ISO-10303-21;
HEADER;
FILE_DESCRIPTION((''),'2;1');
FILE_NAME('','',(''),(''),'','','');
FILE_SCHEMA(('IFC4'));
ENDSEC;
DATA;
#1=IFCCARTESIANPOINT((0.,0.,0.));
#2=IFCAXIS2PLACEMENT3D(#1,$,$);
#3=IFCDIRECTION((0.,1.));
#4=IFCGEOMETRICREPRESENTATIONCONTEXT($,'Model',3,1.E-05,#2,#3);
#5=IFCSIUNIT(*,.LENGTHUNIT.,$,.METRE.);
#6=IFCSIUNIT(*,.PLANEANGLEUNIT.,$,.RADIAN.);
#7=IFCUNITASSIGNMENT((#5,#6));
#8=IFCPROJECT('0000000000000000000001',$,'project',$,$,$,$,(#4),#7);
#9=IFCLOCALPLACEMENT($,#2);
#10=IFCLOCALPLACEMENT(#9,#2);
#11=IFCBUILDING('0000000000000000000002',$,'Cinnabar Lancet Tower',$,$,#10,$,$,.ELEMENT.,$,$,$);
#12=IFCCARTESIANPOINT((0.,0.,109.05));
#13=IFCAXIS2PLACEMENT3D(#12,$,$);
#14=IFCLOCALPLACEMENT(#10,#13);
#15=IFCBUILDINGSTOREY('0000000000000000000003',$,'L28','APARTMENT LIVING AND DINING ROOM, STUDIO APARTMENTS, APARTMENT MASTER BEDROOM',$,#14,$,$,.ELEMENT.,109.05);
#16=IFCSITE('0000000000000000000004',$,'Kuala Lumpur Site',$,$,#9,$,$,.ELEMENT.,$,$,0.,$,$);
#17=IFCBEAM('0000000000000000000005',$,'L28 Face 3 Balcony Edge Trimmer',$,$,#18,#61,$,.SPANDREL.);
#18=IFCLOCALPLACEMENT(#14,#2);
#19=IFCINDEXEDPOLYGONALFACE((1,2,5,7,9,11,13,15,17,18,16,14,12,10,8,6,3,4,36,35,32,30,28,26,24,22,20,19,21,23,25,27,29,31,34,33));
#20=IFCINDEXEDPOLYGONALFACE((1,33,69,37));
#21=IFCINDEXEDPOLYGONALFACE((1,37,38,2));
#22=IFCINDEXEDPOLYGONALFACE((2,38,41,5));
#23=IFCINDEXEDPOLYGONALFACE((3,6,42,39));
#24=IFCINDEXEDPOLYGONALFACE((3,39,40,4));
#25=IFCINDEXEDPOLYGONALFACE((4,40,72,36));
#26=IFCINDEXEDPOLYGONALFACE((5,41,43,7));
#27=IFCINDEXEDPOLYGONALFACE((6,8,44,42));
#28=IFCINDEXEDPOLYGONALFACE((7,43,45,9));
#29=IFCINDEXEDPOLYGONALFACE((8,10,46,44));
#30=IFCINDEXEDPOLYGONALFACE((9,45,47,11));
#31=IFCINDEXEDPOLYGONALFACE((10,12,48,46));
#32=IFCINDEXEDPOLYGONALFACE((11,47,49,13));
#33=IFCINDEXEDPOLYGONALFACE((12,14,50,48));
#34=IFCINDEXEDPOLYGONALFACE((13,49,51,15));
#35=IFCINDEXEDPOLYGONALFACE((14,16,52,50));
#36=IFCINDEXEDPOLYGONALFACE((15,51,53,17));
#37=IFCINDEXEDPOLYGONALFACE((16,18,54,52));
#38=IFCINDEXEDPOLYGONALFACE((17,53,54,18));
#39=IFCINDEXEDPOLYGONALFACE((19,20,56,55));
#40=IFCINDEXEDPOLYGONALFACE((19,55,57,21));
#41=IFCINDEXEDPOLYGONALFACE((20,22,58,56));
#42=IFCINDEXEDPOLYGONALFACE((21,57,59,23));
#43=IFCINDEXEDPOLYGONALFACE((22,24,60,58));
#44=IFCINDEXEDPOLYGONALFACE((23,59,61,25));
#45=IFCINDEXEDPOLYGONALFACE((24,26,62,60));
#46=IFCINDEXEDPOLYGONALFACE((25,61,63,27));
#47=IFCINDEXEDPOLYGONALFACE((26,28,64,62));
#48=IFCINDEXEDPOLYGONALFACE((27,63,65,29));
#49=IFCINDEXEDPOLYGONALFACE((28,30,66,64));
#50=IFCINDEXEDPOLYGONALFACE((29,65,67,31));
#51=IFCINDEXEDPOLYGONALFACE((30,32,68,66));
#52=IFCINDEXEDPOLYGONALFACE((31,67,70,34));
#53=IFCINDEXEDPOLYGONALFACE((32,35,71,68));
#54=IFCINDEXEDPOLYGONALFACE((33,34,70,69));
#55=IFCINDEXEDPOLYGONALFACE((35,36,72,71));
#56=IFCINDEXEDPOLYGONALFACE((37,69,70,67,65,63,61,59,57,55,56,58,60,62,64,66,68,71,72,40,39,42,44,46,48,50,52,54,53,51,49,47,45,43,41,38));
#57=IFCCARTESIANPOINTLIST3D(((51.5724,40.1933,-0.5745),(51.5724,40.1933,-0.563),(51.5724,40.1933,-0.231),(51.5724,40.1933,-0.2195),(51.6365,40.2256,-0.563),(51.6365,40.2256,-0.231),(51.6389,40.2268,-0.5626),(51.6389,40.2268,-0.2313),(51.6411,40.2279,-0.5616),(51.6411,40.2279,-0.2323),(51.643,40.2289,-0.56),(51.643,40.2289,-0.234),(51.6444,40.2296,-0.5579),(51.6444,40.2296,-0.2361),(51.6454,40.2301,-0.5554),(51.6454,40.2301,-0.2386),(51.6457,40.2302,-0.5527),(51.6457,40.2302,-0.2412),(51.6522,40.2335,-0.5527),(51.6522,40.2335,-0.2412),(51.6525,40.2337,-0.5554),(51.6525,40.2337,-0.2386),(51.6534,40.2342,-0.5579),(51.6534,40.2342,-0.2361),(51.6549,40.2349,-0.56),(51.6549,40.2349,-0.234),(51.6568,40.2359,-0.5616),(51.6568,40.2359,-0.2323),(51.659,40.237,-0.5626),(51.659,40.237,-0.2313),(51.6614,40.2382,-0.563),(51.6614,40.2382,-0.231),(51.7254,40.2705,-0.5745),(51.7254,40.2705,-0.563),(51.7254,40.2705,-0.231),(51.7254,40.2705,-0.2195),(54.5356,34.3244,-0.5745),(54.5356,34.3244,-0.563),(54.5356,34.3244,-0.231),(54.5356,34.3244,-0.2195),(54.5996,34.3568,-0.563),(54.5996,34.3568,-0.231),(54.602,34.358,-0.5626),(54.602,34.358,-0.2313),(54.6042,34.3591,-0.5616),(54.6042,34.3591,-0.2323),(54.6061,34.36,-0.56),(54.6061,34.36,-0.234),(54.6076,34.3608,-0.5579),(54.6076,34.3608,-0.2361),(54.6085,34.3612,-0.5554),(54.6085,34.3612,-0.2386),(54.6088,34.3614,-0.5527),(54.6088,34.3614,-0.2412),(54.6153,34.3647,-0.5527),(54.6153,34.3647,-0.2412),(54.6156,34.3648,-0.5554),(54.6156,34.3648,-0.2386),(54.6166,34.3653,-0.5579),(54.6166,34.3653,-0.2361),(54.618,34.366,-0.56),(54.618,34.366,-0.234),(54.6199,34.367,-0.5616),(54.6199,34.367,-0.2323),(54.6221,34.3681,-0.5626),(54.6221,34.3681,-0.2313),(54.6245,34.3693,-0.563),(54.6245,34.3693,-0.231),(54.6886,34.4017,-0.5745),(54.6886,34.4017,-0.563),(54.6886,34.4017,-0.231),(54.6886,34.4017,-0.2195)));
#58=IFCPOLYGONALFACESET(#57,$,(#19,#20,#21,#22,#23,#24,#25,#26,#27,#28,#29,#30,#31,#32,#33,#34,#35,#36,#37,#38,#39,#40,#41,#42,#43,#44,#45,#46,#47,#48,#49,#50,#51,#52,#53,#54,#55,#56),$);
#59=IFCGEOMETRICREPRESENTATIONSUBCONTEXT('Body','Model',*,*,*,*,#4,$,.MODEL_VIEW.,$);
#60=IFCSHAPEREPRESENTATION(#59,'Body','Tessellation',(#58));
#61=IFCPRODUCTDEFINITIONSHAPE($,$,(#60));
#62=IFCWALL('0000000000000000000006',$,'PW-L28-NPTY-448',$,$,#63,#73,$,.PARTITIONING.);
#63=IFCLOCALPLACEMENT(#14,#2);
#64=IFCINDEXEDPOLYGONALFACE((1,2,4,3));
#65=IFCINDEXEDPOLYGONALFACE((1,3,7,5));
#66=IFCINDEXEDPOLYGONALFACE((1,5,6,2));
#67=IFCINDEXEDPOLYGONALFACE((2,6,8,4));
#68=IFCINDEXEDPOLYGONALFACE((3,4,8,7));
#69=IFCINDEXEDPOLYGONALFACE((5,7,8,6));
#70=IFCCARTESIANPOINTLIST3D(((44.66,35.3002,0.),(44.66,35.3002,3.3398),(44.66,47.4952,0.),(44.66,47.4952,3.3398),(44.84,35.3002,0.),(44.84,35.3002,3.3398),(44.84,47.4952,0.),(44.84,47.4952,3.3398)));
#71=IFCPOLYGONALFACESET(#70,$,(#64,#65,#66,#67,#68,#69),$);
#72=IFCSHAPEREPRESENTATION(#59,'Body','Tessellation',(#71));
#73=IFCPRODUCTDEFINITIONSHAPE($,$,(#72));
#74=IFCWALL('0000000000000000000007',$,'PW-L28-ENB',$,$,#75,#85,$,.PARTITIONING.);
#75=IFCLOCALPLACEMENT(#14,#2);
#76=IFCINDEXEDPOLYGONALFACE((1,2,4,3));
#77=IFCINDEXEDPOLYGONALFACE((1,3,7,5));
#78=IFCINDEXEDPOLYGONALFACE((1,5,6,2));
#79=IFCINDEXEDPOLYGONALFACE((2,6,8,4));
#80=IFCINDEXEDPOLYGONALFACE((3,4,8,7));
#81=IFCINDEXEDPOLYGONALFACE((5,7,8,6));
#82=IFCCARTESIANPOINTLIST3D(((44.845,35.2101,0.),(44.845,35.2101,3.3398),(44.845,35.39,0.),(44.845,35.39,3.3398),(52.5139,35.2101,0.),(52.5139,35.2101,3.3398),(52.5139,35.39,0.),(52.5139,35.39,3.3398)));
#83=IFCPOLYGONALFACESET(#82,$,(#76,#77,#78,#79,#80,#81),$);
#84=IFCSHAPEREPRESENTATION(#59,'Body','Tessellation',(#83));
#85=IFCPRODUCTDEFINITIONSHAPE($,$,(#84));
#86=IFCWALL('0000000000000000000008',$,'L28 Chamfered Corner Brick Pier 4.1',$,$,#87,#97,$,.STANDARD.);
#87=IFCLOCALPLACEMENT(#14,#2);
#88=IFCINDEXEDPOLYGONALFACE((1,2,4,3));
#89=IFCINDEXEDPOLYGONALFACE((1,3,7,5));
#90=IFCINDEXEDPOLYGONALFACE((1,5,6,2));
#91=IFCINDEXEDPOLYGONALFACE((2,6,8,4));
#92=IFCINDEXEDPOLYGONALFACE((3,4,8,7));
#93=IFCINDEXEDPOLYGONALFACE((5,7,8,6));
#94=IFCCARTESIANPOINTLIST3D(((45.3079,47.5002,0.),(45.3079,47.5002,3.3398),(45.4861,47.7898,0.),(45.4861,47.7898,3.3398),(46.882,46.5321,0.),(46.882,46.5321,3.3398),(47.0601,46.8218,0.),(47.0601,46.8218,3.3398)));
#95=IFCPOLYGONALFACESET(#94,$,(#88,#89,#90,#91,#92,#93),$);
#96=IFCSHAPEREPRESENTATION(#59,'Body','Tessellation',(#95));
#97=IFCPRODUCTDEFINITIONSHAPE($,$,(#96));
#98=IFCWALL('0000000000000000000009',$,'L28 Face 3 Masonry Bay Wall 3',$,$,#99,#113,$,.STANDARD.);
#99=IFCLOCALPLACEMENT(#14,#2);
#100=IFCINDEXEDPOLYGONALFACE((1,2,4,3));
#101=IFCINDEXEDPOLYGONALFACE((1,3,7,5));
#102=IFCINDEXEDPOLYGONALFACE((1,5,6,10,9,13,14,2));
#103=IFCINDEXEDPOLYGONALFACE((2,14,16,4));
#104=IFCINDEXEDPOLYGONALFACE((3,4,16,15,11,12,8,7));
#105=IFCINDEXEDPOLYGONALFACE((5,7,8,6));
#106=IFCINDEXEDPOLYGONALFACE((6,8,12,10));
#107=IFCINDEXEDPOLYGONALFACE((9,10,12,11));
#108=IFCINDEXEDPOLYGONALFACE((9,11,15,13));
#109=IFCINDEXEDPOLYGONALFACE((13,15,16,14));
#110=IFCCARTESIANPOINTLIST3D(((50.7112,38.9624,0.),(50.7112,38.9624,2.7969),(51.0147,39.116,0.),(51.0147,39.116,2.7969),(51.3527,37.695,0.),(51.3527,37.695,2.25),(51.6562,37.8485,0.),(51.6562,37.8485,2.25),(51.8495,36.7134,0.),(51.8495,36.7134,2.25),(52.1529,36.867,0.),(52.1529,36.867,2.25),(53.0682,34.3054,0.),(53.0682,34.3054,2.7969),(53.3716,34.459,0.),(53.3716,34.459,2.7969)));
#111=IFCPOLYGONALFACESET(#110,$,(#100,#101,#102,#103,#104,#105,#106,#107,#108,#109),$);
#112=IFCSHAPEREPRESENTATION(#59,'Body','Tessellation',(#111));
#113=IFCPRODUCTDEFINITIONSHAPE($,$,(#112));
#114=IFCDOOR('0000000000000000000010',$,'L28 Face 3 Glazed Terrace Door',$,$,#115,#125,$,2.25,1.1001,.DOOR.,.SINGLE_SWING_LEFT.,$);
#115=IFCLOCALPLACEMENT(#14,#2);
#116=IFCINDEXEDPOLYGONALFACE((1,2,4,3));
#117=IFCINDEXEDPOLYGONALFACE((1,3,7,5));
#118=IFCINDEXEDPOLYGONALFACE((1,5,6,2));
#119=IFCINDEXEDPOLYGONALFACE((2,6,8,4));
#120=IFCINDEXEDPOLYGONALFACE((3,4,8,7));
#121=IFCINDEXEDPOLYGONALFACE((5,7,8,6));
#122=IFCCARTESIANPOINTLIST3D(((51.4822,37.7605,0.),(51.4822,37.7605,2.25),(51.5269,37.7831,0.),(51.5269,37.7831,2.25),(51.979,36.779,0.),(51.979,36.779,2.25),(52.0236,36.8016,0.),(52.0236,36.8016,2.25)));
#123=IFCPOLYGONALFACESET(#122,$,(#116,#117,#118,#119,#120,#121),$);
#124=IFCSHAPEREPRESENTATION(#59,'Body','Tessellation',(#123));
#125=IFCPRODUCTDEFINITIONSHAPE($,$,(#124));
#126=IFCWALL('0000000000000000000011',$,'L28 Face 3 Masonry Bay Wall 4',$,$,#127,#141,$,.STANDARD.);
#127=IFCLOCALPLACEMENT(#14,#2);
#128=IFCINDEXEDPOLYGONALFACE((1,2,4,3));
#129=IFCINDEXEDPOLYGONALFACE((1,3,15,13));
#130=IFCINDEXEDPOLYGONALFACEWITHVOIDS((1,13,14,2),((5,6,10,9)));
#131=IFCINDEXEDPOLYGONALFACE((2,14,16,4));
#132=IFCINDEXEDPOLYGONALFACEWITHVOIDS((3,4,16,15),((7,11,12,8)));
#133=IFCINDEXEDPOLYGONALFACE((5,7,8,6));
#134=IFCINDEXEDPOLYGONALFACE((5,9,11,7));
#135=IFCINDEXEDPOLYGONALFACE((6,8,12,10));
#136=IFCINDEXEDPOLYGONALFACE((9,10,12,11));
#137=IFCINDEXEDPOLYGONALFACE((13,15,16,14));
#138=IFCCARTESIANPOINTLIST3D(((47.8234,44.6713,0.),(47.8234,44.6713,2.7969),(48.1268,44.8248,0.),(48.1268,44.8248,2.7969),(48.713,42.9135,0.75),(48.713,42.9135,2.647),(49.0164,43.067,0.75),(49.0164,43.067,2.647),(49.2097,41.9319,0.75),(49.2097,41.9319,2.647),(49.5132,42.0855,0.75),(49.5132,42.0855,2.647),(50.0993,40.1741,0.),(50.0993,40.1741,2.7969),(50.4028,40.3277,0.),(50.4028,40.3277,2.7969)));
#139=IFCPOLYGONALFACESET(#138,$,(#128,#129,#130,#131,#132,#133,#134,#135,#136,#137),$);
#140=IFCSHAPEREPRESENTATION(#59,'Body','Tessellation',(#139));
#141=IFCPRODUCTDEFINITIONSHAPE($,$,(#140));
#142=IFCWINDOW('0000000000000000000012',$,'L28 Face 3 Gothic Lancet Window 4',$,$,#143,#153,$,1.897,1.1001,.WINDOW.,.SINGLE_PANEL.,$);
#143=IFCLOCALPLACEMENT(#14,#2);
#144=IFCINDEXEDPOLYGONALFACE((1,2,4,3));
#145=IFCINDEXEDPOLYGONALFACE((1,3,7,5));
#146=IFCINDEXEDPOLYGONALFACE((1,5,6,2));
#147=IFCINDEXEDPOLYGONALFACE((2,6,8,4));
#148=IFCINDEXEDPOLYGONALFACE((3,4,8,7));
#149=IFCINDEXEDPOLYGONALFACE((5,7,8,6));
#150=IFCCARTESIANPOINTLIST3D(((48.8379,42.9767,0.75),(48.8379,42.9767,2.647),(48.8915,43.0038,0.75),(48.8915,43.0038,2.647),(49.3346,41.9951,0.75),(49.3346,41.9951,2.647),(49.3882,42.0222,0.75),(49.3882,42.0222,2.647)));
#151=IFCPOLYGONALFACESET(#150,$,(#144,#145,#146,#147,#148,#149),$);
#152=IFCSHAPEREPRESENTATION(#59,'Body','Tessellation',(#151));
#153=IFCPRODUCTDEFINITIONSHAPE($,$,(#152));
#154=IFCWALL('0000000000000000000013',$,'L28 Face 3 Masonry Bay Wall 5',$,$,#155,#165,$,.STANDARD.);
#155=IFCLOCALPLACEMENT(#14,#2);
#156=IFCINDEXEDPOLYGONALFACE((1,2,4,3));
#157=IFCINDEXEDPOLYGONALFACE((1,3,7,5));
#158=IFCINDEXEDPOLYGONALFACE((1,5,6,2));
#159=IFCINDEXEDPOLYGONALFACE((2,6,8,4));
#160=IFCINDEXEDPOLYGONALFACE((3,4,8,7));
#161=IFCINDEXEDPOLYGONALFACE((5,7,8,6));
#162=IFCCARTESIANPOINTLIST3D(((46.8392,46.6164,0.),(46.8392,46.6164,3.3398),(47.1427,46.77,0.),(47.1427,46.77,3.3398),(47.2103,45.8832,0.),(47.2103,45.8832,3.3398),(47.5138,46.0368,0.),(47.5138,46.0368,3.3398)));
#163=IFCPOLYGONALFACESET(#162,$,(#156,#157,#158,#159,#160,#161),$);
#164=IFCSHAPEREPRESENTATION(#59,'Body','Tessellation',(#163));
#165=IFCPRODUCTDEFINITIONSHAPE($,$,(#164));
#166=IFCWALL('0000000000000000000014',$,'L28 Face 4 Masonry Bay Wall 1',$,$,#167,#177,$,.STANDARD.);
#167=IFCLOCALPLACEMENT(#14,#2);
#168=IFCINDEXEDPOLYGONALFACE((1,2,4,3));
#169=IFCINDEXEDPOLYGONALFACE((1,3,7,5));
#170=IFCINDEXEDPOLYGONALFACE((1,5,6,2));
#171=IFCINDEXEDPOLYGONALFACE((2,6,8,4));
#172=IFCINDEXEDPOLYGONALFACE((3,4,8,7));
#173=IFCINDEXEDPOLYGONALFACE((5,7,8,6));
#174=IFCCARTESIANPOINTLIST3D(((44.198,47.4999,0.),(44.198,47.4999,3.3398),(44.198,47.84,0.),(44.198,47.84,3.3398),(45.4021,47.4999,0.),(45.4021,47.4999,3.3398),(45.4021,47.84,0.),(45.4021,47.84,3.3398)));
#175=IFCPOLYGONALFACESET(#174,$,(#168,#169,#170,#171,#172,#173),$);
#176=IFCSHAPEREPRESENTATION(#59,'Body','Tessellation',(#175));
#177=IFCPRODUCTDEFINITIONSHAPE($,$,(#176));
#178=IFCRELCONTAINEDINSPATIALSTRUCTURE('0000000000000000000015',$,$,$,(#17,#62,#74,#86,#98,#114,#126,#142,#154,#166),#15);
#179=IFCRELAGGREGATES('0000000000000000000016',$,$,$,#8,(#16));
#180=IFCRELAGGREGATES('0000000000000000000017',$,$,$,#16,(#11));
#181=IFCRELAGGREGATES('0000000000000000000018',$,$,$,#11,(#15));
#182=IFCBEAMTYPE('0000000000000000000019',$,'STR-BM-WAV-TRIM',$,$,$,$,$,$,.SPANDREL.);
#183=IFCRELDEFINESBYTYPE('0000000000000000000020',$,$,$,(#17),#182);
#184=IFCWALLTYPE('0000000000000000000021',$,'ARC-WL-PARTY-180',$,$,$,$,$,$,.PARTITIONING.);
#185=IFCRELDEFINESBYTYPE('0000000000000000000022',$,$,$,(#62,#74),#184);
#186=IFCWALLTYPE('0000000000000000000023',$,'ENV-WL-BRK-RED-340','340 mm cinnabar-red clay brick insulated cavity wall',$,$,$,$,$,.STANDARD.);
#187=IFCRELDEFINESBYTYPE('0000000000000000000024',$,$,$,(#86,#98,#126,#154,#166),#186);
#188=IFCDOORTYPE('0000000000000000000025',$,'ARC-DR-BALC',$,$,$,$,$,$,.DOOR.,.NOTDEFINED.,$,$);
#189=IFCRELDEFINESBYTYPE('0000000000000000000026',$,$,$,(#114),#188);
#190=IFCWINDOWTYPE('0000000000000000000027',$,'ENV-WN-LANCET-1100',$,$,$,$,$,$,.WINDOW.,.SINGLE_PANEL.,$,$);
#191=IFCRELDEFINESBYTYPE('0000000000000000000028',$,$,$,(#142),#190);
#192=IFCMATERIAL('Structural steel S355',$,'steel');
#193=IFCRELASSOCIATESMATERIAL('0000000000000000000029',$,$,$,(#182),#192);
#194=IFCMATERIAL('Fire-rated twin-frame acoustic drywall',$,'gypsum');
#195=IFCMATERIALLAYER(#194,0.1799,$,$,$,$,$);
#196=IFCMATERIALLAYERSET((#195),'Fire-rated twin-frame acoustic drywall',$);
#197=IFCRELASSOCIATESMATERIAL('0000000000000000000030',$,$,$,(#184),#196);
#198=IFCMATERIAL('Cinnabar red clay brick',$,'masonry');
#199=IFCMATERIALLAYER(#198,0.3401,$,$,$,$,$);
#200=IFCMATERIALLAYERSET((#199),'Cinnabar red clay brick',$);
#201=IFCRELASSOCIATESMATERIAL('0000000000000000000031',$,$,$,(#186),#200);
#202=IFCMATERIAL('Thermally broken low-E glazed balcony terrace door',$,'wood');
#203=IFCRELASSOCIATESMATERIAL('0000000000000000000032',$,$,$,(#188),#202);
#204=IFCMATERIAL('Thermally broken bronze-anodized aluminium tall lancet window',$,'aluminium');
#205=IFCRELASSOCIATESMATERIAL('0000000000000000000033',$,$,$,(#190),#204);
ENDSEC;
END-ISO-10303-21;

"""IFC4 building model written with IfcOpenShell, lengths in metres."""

from ifc_helpers import new_model, si_unit, direction, frame, frame_2d, origin, origin_2d, place, context, subcontext, project, spatial, rectangle, i_section, extrude, material, layer, layer_set, material_profile, profile_set, type_object, element, fill, save


model = new_model("IFC4")

# Units and contexts
model_context = context("Model", 3, precision=1e-05, world=origin(), true_north=direction((0.0, 1.0)))
body_context = subcontext(model_context, "Body", "Model", "MODEL_VIEW")
ifc_project = project(units=[si_unit("LENGTHUNIT", "METRE"), si_unit("PLANEANGLEUNIT", "RADIAN")], contexts=[model_context])

# Site, building, storey
site_placement = place(None, origin())
site = spatial("IfcSite", under=ifc_project, at=site_placement, Name="Kuala Lumpur Site", CompositionType="ELEMENT", RefElevation=0.0)
building_placement = place(site_placement, origin())
building = spatial("IfcBuilding", under=site, at=building_placement, Name="Cinnabar Lancet Tower", CompositionType="ELEMENT")
storey_placement = place(building_placement, frame((0.0, 0.0, 109.05)))
storey = spatial("IfcBuildingStorey", under=building, at=storey_placement, Name="L28", Description="APARTMENT LIVING AND DINING ROOM, STUDIO APARTMENTS, APARTMENT MASTER BEDROOM", CompositionType="ELEMENT", Elevation=109.05)

# Beam
ifc_material_1 = material(Name="Structural steel S355", Category="steel")
ifc_material_profile_1 = material_profile(ifc_material_1, i_section(OverallWidth=0.1714, OverallDepth=0.355, WebThickness=0.0073, FlangeThickness=0.0115, FilletRadius=0.0103, at=origin_2d()), Name="UKB 356x171x51")
ifc_profile_set_1 = profile_set([ifc_material_profile_1], Name="Structural steel S355")
beam_type_1 = type_object("IfcBeamType", Name="STR-BM-WAV-TRIM", PredefinedType="SPANDREL", material=ifc_profile_set_1)
beam_1_placement = place(storey_placement, frame((54.6121, 34.363, -0.397), z_axis=(-0.450701, 0.892675, 0.0), x_axis=(-0.892675, -0.450701, 0.0)))
element("IfcBeam", 1, at=beam_1_placement, inside=storey, type_object=beam_type_1, Name="L28 Face 3 Balcony Edge Trimmer", PredefinedType="SPANDREL", context=body_context, shape_type="SweptSolid", body=[
    extrude(i_section(OverallWidth=0.1714, OverallDepth=0.355, WebThickness=0.0073, FlangeThickness=0.0115, FilletRadius=0.0103, at=origin_2d()), origin(), (0.0, 0.0, 1.0), 6.5745),
])

# Walls
ifc_material_2 = material(Name="Fire-rated twin-frame acoustic drywall", Category="gypsum")
ifc_layer_1 = layer(ifc_material_2, 0.1799)
ifc_layer_set_1 = layer_set([ifc_layer_1], Name="Fire-rated twin-frame acoustic drywall")
wall_type_1 = type_object("IfcWallType", Name="ARC-WL-PARTY-180", PredefinedType="PARTITIONING", material=ifc_layer_set_1)
wall_1_placement = place(storey_placement, frame((44.75, 35.3, 0.0), z_axis=(0.0, 0.0, 1.0), x_axis=(0.0, 1.0, 0.0)))
element("IfcWall", 2, at=wall_1_placement, inside=storey, type_object=wall_type_1, Name="PW-L28-NPTY-448", PredefinedType="PARTITIONING", context=body_context, shape_type="SweptSolid", body=[
    extrude(rectangle(XDim=12.1951, YDim=0.1799, at=frame_2d((6.0977, 0.0))), origin(), (0.0, 0.0, 1.0), 3.3398),
])
wall_2_placement = place(storey_placement, frame((44.845, 35.3, 0.0), z_axis=(0.0, 0.0, 1.0), x_axis=(1.0, 0.0, 0.0)))
element("IfcWall", 3, at=wall_2_placement, inside=storey, type_object=wall_type_1, Name="PW-L28-ENB", PredefinedType="PARTITIONING", context=body_context, shape_type="SweptSolid", body=[
    extrude(rectangle(XDim=7.6689, YDim=0.1799, at=frame_2d((3.8345, 0.0))), origin(), (0.0, 0.0, 1.0), 3.3398),
])
ifc_material_3 = material(Name="Cinnabar red clay brick", Category="masonry")
ifc_layer_2 = layer(ifc_material_3, 0.3401)
ifc_layer_set_2 = layer_set([ifc_layer_2], Name="Cinnabar red clay brick")
wall_type_2 = type_object("IfcWallType", Name="ENV-WL-BRK-RED-340", Description="340 mm cinnabar-red clay brick insulated cavity wall", PredefinedType="STANDARD", material=ifc_layer_set_2)
wall_3_placement = place(storey_placement, frame((46.9709, 46.677, 0.0), z_axis=(0.0, 0.0, 1.0), x_axis=(-0.851799, 0.523869, 0.0)))
element("IfcWall", 4, at=wall_3_placement, inside=storey, type_object=wall_type_2, Name="L28 Chamfered Corner Brick Pier 4.1", PredefinedType="STANDARD", context=body_context, shape_type="SweptSolid", body=[
    extrude(rectangle(XDim=1.8479, YDim=0.3401, at=frame_2d((0.9238, 0.0))), origin(), (0.0, 0.0, 1.0), 3.3398),
])

# Wall, opening, door
wall_4_placement = place(storey_placement, frame((53.22, 34.3821, 0.0), z_axis=(0.0, 0.0, 1.0), x_axis=(-0.451568, 0.892237, 0.0)))
wall_4 = element("IfcWall", 5, at=wall_4_placement, inside=storey, type_object=wall_type_2, Name="L28 Face 3 Masonry Bay Wall 3", PredefinedType="STANDARD", context=body_context, shape_type="SweptSolid", body=[
    extrude(rectangle(XDim=5.2195, YDim=0.3401, at=frame_2d((2.6099, 0.0))), origin(), (0.0, 0.0, 1.0), 2.7969),
])
opening_1_placement = place(wall_4_placement, frame((2.699, 0.0, 0.0)))
opening_1 = element("IfcOpeningElement", 6, at=opening_1_placement, cuts=wall_4, PredefinedType="OPENING", context=body_context, shape_type="SweptSolid", body=[
    extrude(rectangle(XDim=1.1001, YDim=2.25, at=frame_2d((0.55, 1.125))), frame((0.0, 0.1799, 0.0), z_axis=(0.0, -1.0, 0.0), x_axis=(1.0, 0.0, 0.0)), (0.0, 0.0, 1.0), 0.3601),
])
ifc_material_4 = material(Name="Thermally broken low-E glazed balcony terrace door", Category="wood")
door_type = type_object("IfcDoorType", Name="ARC-DR-BALC", OperationType="NOTDEFINED", PredefinedType="DOOR", material=ifc_material_4)
door_placement = place(opening_1_placement, origin())
door = element("IfcDoor", 7, at=door_placement, inside=storey, type_object=door_type, Name="L28 Face 3 Glazed Terrace Door", OperationType="SINGLE_SWING_LEFT", OverallHeight=2.25, OverallWidth=1.1001, PredefinedType="DOOR", context=body_context, shape_type="SweptSolid", body=[
    extrude(rectangle(XDim=1.1001, YDim=2.25, at=frame_2d((0.55, 1.125))), frame((0.0, 0.0249, 0.0), z_axis=(0.0, -1.0, 0.0), x_axis=(1.0, 0.0, 0.0)), (0.0, 0.0, 1.0), 0.05),
])
fill(opening_1, door)

# Wall, opening, window
wall_5_placement = place(storey_placement, frame((50.251, 40.251, 0.0), z_axis=(0.0, 0.0, 1.0), x_axis=(-0.451548, 0.892247, 0.0)))
wall_5 = element("IfcWall", 8, at=wall_5_placement, inside=storey, type_object=wall_type_2, Name="L28 Face 3 Masonry Bay Wall 4", PredefinedType="STANDARD", context=body_context, shape_type="SweptSolid", body=[
    extrude(rectangle(XDim=5.0403, YDim=0.3401, at=frame_2d((2.52, 0.0))), origin(), (0.0, 0.0, 1.0), 2.7969),
])
opening_2_placement = place(wall_5_placement, frame((1.97, 0.0, 0.75)))
opening_2 = element("IfcOpeningElement", 9, at=opening_2_placement, cuts=wall_5, PredefinedType="OPENING", context=body_context, shape_type="SweptSolid", body=[
    extrude(rectangle(XDim=1.1001, YDim=1.897, at=frame_2d((0.55, 0.9485))), frame((0.0, 0.1799, 0.0), z_axis=(0.0, -1.0, 0.0), x_axis=(1.0, 0.0, 0.0)), (0.0, 0.0, 1.0), 0.3601),
])
ifc_material_5 = material(Name="Thermally broken bronze-anodized aluminium tall lancet window", Category="aluminium")
window_type = type_object("IfcWindowType", Name="ENV-WN-LANCET-1100", PartitioningType="SINGLE_PANEL", PredefinedType="WINDOW", material=ifc_material_5)
window_placement = place(opening_2_placement, origin())
window = element("IfcWindow", 10, at=window_placement, inside=storey, type_object=window_type, Name="L28 Face 3 Gothic Lancet Window 4", OverallHeight=1.897, OverallWidth=1.1001, PartitioningType="SINGLE_PANEL", PredefinedType="WINDOW", context=body_context, shape_type="SweptSolid", body=[
    extrude(rectangle(XDim=1.1001, YDim=1.897, at=frame_2d((0.55, 0.9485))), frame((0.0, 0.03, 0.0), z_axis=(0.0, -1.0, 0.0), x_axis=(1.0, 0.0, 0.0)), (0.0, 0.0, 1.0), 0.0601),
])
fill(opening_2, window)

# Walls
wall_6_placement = place(storey_placement, frame((47.3621, 45.96, 0.0), z_axis=(0.0, 0.0, 1.0), x_axis=(-0.451605, 0.892218, 0.0)))
element("IfcWall", 11, at=wall_6_placement, inside=storey, type_object=wall_type_2, Name="L28 Face 3 Masonry Bay Wall 5", PredefinedType="STANDARD", context=body_context, shape_type="SweptSolid", body=[
    extrude(rectangle(XDim=0.8218, YDim=0.3401, at=frame_2d((0.4109, 0.0))), origin(), (0.0, 0.0, 1.0), 3.3398),
])
wall_7_placement = place(storey_placement, frame((45.4021, 47.6699, 0.0), z_axis=(0.0, 0.0, 1.0), x_axis=(-1.0, 0.0, 0.0)))
element("IfcWall", 12, at=wall_7_placement, inside=storey, type_object=wall_type_2, Name="L28 Face 4 Masonry Bay Wall 1", PredefinedType="STANDARD", context=body_context, shape_type="SweptSolid", body=[
    extrude(rectangle(XDim=1.2041, YDim=0.3401, at=frame_2d((0.6021, 0.0))), origin(), (0.0, 0.0, 1.0), 3.3398),
])

save(model, "model.ifc")
